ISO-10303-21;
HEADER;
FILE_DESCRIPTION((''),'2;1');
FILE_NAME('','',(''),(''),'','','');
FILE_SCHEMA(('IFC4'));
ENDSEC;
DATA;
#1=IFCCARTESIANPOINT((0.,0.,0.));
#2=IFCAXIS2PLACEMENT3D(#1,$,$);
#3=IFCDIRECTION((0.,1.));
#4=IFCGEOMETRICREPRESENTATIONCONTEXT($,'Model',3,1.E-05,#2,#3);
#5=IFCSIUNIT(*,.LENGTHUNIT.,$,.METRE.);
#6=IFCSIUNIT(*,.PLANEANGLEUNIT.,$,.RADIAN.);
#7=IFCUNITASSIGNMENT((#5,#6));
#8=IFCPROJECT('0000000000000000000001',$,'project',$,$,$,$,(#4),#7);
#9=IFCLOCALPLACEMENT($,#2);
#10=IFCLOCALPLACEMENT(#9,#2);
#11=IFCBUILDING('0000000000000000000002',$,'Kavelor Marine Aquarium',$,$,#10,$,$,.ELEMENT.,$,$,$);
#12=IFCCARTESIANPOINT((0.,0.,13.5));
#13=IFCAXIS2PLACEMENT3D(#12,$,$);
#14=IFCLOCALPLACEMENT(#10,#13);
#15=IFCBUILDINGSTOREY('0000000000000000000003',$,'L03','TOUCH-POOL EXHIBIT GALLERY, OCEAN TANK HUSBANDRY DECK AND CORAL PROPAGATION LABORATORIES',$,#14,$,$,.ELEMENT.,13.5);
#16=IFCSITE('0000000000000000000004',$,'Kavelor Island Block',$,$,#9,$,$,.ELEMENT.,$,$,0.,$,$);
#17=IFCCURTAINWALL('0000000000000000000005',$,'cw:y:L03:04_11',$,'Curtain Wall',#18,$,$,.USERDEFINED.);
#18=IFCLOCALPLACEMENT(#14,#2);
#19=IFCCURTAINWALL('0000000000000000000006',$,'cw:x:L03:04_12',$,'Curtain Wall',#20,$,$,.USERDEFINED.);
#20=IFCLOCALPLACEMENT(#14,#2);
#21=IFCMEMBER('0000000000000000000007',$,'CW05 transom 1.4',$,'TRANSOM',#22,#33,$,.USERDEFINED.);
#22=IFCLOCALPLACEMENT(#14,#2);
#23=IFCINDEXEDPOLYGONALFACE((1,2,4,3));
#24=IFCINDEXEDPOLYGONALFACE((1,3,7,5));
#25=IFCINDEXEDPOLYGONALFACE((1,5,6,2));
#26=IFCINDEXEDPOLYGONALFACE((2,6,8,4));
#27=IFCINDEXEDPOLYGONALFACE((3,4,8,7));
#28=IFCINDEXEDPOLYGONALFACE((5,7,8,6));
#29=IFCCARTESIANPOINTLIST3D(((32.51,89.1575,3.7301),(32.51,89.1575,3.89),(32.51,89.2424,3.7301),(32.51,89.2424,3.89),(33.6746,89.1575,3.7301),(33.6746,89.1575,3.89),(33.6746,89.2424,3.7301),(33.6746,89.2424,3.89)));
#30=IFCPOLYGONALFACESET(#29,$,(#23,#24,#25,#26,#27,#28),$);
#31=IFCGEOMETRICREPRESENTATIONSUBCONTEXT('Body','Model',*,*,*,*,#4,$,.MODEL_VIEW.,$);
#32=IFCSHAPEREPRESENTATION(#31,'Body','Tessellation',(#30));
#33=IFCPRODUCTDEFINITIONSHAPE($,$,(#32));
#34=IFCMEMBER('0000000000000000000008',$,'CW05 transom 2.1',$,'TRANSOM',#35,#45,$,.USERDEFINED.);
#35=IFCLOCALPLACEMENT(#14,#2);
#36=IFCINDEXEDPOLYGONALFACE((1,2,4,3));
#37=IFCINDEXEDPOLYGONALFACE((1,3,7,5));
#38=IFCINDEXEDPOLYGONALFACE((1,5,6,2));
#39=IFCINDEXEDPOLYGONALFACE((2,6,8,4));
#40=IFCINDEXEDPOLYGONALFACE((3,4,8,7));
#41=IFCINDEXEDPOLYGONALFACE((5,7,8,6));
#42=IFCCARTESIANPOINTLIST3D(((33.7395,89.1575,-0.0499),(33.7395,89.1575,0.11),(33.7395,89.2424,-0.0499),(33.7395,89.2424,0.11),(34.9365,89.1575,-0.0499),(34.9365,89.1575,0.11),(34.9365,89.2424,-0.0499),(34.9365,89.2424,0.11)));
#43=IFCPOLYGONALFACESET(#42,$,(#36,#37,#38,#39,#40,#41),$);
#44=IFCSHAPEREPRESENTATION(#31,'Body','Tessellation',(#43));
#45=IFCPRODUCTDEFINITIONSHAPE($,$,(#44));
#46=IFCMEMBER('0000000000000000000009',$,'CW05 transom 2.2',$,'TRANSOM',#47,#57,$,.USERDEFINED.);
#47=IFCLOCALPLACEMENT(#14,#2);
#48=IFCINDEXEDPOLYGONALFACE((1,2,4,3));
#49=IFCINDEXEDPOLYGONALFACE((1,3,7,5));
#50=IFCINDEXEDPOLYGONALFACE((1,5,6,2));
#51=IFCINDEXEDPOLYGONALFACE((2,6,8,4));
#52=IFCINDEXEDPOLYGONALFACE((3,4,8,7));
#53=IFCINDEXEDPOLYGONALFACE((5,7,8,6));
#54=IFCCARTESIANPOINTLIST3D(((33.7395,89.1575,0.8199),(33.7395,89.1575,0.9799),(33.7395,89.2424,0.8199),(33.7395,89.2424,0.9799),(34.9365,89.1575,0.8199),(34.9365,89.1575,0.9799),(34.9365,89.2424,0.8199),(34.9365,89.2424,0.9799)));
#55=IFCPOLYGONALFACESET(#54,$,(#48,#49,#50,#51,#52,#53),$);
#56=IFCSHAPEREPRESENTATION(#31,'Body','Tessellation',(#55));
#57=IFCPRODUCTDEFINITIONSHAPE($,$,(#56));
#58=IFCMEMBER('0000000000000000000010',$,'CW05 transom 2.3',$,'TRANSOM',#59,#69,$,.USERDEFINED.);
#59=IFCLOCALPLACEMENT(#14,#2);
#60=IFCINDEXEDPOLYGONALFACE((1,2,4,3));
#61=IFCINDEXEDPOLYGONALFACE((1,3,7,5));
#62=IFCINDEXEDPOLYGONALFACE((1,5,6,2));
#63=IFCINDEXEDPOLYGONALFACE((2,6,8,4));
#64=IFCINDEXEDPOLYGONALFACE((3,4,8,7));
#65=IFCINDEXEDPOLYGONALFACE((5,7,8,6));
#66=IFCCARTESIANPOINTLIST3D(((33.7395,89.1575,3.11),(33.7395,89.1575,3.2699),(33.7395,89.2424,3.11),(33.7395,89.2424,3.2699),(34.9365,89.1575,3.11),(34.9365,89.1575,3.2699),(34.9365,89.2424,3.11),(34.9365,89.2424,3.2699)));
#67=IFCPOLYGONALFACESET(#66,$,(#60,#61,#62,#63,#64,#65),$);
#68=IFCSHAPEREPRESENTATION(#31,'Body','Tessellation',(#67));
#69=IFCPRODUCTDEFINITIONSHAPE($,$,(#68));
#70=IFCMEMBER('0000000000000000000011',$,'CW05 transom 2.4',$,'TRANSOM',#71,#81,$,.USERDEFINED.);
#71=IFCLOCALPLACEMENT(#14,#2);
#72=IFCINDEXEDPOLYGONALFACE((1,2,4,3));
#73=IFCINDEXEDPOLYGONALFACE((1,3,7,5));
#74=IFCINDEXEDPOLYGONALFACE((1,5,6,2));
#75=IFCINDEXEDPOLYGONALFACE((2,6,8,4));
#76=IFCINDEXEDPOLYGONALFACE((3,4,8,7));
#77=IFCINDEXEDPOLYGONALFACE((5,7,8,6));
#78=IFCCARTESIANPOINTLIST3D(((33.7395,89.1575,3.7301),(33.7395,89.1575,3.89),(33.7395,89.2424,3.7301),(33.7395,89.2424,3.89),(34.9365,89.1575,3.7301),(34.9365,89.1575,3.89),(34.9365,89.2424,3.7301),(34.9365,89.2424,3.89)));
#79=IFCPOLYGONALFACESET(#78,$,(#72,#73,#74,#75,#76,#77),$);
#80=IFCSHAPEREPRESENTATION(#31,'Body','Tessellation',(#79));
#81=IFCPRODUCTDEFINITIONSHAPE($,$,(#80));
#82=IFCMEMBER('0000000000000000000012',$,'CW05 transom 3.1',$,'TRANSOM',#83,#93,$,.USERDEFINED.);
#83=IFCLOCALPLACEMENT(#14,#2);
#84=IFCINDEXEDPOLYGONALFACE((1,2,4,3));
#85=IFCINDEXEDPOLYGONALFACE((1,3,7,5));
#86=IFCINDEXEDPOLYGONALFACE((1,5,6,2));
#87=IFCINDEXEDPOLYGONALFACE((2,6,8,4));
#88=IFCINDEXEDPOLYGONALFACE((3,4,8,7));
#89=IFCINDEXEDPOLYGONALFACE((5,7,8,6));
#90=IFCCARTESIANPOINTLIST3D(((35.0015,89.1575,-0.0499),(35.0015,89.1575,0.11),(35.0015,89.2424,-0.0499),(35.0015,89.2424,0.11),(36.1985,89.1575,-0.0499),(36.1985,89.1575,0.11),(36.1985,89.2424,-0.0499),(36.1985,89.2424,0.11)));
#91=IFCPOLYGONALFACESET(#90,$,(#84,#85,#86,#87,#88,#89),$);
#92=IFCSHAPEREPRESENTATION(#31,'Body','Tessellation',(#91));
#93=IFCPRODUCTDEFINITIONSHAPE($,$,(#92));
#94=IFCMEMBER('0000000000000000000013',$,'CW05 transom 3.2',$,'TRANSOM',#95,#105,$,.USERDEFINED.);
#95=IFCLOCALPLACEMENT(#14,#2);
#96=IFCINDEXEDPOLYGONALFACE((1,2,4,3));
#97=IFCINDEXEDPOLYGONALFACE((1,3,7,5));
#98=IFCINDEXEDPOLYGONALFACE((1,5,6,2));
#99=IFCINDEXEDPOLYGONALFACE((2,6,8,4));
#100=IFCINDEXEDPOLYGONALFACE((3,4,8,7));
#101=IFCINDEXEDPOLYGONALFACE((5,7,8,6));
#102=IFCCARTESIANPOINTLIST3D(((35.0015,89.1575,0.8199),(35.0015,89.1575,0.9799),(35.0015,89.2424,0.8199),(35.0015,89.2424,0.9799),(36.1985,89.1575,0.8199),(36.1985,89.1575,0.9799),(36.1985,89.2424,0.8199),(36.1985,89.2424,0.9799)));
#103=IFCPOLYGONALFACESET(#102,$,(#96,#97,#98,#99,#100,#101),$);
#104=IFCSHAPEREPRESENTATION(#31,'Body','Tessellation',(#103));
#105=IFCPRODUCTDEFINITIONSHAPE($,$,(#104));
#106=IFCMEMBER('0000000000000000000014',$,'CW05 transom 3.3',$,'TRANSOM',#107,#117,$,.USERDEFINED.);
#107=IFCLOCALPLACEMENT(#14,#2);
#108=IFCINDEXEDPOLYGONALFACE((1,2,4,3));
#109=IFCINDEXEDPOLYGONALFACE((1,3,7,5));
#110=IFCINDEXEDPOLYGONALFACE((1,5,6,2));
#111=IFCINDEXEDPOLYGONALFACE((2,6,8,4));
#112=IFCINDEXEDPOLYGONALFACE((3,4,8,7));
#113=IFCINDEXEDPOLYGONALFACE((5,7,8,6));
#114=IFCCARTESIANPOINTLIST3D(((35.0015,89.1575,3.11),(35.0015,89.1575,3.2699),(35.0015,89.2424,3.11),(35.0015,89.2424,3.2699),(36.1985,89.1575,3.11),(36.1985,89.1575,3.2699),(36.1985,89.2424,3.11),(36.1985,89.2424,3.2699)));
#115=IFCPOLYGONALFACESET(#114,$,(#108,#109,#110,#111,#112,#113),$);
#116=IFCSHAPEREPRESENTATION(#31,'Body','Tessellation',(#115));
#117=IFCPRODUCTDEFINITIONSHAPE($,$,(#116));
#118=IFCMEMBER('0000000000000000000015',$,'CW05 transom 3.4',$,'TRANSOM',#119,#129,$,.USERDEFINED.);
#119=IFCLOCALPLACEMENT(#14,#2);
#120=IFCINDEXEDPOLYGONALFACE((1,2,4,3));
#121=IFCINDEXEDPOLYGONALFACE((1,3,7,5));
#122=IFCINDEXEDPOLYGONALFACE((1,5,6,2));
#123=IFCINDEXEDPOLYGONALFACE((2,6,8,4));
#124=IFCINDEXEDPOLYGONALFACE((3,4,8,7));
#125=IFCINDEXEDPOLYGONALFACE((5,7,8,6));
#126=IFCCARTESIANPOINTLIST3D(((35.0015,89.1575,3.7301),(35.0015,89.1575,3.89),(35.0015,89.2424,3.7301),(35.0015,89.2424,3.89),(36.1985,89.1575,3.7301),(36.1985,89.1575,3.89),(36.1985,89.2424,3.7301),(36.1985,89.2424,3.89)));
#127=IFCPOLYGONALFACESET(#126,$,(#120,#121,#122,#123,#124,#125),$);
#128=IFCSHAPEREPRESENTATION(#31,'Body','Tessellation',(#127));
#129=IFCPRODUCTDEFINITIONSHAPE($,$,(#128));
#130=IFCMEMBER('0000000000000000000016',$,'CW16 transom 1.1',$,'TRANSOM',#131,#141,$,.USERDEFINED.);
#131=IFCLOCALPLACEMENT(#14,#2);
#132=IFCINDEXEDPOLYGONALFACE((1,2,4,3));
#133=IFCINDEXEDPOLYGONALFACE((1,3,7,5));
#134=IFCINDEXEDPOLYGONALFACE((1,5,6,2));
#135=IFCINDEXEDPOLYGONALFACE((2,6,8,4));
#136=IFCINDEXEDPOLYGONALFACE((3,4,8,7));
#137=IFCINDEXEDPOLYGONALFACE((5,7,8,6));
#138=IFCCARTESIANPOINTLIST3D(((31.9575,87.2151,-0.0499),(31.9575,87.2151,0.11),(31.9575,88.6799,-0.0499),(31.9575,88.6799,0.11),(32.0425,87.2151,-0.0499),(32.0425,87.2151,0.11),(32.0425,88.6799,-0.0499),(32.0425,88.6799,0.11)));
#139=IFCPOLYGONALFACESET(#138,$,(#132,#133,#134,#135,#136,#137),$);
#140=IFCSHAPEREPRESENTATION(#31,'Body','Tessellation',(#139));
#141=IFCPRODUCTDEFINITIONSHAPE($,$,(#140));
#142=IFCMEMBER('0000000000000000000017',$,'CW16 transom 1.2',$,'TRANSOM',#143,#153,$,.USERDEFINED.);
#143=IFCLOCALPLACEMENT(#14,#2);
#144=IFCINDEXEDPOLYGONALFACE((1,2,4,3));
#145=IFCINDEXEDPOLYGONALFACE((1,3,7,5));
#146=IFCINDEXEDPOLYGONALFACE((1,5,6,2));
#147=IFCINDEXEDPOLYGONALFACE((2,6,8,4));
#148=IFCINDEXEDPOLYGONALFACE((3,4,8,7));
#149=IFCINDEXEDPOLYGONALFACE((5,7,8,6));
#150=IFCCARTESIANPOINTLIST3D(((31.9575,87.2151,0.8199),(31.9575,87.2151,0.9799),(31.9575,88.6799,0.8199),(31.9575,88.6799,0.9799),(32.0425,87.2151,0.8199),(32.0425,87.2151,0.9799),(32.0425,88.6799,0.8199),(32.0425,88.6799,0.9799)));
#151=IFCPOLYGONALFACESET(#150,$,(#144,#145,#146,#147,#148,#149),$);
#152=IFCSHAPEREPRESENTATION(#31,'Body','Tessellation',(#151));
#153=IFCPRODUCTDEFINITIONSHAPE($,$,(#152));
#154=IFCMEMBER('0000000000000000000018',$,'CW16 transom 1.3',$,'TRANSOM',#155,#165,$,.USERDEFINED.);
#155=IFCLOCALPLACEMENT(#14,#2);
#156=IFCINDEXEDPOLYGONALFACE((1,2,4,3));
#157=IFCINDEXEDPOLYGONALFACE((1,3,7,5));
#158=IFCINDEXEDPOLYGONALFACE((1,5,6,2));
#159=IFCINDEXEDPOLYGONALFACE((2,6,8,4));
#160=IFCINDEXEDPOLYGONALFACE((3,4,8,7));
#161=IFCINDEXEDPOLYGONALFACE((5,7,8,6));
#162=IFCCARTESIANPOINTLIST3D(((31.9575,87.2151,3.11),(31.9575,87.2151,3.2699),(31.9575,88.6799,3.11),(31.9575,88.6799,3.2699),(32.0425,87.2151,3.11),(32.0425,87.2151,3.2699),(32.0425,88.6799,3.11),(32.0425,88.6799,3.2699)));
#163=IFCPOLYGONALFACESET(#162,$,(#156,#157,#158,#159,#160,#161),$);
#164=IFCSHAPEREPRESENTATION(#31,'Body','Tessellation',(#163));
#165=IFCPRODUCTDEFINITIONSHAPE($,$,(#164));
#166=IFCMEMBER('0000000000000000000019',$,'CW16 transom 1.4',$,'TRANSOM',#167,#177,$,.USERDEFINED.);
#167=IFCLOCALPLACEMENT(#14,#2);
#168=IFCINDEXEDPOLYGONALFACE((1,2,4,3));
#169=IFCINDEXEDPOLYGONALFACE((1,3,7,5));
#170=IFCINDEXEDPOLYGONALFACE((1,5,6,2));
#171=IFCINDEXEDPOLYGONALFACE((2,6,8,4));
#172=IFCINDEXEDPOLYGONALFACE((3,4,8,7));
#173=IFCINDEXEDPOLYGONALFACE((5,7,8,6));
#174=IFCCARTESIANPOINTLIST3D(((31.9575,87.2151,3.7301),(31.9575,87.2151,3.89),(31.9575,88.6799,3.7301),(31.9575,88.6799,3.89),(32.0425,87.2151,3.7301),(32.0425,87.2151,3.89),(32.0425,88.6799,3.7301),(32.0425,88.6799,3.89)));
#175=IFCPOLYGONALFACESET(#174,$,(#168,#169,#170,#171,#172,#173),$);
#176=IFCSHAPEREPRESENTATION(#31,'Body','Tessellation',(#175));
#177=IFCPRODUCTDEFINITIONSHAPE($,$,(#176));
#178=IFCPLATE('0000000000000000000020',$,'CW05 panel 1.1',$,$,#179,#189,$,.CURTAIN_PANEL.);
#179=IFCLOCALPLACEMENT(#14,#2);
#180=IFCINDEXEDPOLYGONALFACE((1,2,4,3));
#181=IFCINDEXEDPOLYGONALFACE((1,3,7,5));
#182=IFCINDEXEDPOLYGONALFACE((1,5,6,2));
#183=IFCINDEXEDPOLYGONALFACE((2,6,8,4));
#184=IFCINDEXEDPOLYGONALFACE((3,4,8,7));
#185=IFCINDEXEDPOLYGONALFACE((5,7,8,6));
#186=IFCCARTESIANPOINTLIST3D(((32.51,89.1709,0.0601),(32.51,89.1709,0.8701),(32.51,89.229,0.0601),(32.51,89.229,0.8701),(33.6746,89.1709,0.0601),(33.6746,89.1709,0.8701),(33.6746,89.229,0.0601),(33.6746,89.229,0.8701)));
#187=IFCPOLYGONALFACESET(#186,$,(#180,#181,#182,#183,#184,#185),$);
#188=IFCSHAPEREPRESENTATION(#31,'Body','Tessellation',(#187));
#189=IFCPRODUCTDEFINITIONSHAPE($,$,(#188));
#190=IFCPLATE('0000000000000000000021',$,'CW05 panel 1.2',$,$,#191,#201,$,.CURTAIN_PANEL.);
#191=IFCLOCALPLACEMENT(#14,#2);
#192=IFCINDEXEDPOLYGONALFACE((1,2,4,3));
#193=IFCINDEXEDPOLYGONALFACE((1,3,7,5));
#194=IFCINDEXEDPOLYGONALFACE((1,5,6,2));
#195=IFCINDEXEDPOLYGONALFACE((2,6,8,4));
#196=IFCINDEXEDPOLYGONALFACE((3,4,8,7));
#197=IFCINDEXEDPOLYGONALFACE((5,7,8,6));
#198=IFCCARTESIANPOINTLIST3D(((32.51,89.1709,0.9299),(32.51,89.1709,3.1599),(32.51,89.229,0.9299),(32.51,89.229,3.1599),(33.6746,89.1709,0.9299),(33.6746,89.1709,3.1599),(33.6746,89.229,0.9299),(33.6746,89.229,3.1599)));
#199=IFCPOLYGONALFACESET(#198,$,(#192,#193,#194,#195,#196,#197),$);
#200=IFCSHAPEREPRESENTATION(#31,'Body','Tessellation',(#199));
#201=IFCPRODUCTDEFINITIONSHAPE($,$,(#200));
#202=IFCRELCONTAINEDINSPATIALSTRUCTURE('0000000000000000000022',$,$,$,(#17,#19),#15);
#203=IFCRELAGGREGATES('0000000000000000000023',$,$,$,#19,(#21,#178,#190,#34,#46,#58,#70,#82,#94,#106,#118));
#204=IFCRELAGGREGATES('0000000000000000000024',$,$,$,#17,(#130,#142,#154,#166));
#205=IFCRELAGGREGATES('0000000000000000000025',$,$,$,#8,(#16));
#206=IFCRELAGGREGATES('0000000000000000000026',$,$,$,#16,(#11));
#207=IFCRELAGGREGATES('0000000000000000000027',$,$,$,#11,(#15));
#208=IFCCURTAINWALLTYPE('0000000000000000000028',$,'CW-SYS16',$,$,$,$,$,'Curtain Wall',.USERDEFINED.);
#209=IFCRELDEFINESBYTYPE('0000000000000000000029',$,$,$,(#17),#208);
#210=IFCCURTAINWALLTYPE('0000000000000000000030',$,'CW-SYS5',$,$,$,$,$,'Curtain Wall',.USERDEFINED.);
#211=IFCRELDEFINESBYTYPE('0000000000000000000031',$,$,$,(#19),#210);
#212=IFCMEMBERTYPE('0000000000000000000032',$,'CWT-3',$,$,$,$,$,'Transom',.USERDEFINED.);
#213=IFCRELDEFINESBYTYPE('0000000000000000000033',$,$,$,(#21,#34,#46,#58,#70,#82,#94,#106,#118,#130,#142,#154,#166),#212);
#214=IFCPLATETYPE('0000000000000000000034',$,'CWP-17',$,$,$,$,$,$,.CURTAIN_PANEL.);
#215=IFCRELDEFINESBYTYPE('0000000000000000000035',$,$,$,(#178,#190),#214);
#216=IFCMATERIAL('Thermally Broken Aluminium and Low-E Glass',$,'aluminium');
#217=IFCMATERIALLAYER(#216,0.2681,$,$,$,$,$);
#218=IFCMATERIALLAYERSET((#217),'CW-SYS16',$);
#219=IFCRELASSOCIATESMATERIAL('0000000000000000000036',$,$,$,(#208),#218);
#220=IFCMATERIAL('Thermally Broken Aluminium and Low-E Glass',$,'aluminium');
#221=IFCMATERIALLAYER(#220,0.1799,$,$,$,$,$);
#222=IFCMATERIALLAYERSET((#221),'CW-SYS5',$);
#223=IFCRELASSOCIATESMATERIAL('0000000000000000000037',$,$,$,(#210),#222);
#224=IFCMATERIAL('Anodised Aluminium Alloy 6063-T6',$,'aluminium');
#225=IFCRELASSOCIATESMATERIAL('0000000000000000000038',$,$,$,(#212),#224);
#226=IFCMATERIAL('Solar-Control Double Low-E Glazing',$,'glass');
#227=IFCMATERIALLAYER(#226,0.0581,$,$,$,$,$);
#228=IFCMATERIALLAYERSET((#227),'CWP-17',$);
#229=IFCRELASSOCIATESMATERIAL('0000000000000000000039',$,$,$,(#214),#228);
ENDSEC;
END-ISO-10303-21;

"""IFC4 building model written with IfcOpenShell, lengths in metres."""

from ifc_helpers import new_model, si_unit, direction, frame, origin, origin_2d, place, context, subcontext, project, spatial, rectangle, extrude, material, layer, layer_set, material_profile, profile_set, type_object, element, aggregate, save


model = new_model("IFC4")

# Units and contexts
model_context = context("Model", 3, precision=1e-05, world=origin(), true_north=direction((0.0, 1.0)))
body_context = subcontext(model_context, "Body", "Model", "MODEL_VIEW")
ifc_project = project(units=[si_unit("LENGTHUNIT", "METRE"), si_unit("PLANEANGLEUNIT", "RADIAN")], contexts=[model_context])

# Site, building, storey
site_placement = place(None, origin())
site = spatial("IfcSite", under=ifc_project, at=site_placement, Name="Kavelor Island Block", CompositionType="ELEMENT", RefElevation=0.0)
building_placement = place(site_placement, origin())
building = spatial("IfcBuilding", under=site, at=building_placement, Name="Kavelor Marine Aquarium", CompositionType="ELEMENT")
storey_placement = place(building_placement, frame((0.0, 0.0, 13.5)))
storey = spatial("IfcBuildingStorey", under=building, at=storey_placement, Name="L03", Description="TOUCH-POOL EXHIBIT GALLERY, OCEAN TANK HUSBANDRY DECK AND CORAL PROPAGATION LABORATORIES", CompositionType="ELEMENT", Elevation=13.5)

# Curtain wall
ifc_material_1 = material(Name="Thermally Broken Aluminium and Low-E Glass", Category="aluminium")
ifc_layer_1 = layer(ifc_material_1, 0.2681)
ifc_layer_set_1 = layer_set([ifc_layer_1], Name="CW-SYS16")
curtain_wall_type_1 = type_object("IfcCurtainWallType", Name="CW-SYS16", ElementType="Curtain Wall", PredefinedType="USERDEFINED", material=ifc_layer_set_1)
curtain_wall_1_placement = place(storey_placement, origin())
curtain_wall_1 = element("IfcCurtainWall", 1, at=curtain_wall_1_placement, inside=storey, type_object=curtain_wall_type_1, Name="cw:y:L03:04_11", ObjectType="Curtain Wall", PredefinedType="USERDEFINED")

# Curtain wall
ifc_material_2 = material(Name="Thermally Broken Aluminium and Low-E Glass", Category="aluminium")
ifc_layer_2 = layer(ifc_material_2, 0.1799)
ifc_layer_set_2 = layer_set([ifc_layer_2], Name="CW-SYS5")
curtain_wall_type_2 = type_object("IfcCurtainWallType", Name="CW-SYS5", ElementType="Curtain Wall", PredefinedType="USERDEFINED", material=ifc_layer_set_2)
curtain_wall_2_placement = place(storey_placement, origin())
curtain_wall_2 = element("IfcCurtainWall", 2, at=curtain_wall_2_placement, inside=storey, type_object=curtain_wall_type_2, Name="cw:x:L03:04_12", ObjectType="Curtain Wall", PredefinedType="USERDEFINED")

# Members
ifc_material_3 = material(Name="Anodised Aluminium Alloy 6063-T6", Category="aluminium")
ifc_material_profile_1 = material_profile(ifc_material_3, rectangle(XDim=0.085, YDim=0.1599, at=origin_2d()), Name="CW-TRN 85x160")
ifc_profile_set_1 = profile_set([ifc_material_profile_1], Name="Anodised Aluminium Alloy 6063-T6")
member_type_1 = type_object("IfcMemberType", Name="CWT-3", ElementType="Transom", PredefinedType="USERDEFINED", material=ifc_profile_set_1)
member_1_placement = place(storey_placement, frame((32.51, 89.2, 3.8101), z_axis=(1.0, 0.0, 0.0), x_axis=(0.0, 1.0, 0.0)))
member_1 = element("IfcMember", 3, at=member_1_placement, type_object=member_type_1, Name="CW05 transom 1.4", ObjectType="TRANSOM", PredefinedType="USERDEFINED", context=body_context, shape_type="SweptSolid", body=[
    extrude(rectangle(XDim=0.085, YDim=0.1599, at=origin_2d()), origin(), (0.0, 0.0, 1.0), 1.1646),
])
member_2_placement = place(storey_placement, frame((33.7395, 89.2, 0.03), z_axis=(1.0, 0.0, 0.0), x_axis=(0.0, 1.0, 0.0)))
member_2 = element("IfcMember", 4, at=member_2_placement, type_object=member_type_1, Name="CW05 transom 2.1", ObjectType="TRANSOM", PredefinedType="USERDEFINED", context=body_context, shape_type="SweptSolid", body=[
    extrude(rectangle(XDim=0.085, YDim=0.1599, at=origin_2d()), origin(), (0.0, 0.0, 1.0), 1.197),
])
member_3_placement = place(storey_placement, frame((33.7395, 89.2, 0.8999), z_axis=(1.0, 0.0, 0.0), x_axis=(0.0, 1.0, 0.0)))
member_3 = element("IfcMember", 5, at=member_3_placement, type_object=member_type_1, Name="CW05 transom 2.2", ObjectType="TRANSOM", PredefinedType="USERDEFINED", context=body_context, shape_type="SweptSolid", body=[
    extrude(rectangle(XDim=0.085, YDim=0.1599, at=origin_2d()), origin(), (0.0, 0.0, 1.0), 1.197),
])
member_4_placement = place(storey_placement, frame((33.7395, 89.2, 3.1899), z_axis=(1.0, 0.0, 0.0), x_axis=(0.0, 1.0, 0.0)))
member_4 = element("IfcMember", 6, at=member_4_placement, type_object=member_type_1, Name="CW05 transom 2.3", ObjectType="TRANSOM", PredefinedType="USERDEFINED", context=body_context, shape_type="SweptSolid", body=[
    extrude(rectangle(XDim=0.085, YDim=0.1599, at=origin_2d()), origin(), (0.0, 0.0, 1.0), 1.197),
])
member_5_placement = place(storey_placement, frame((33.7395, 89.2, 3.8101), z_axis=(1.0, 0.0, 0.0), x_axis=(0.0, 1.0, 0.0)))
member_5 = element("IfcMember", 7, at=member_5_placement, type_object=member_type_1, Name="CW05 transom 2.4", ObjectType="TRANSOM", PredefinedType="USERDEFINED", context=body_context, shape_type="SweptSolid", body=[
    extrude(rectangle(XDim=0.085, YDim=0.1599, at=origin_2d()), origin(), (0.0, 0.0, 1.0), 1.197),
])
member_6_placement = place(storey_placement, frame((35.0015, 89.2, 0.03), z_axis=(1.0, 0.0, 0.0), x_axis=(0.0, 1.0, 0.0)))
member_6 = element("IfcMember", 8, at=member_6_placement, type_object=member_type_1, Name="CW05 transom 3.1", ObjectType="TRANSOM", PredefinedType="USERDEFINED", context=body_context, shape_type="SweptSolid", body=[
    extrude(rectangle(XDim=0.085, YDim=0.1599, at=origin_2d()), origin(), (0.0, 0.0, 1.0), 1.197),
])
member_7_placement = place(storey_placement, frame((35.0015, 89.2, 0.8999), z_axis=(1.0, 0.0, 0.0), x_axis=(0.0, 1.0, 0.0)))
member_7 = element("IfcMember", 9, at=member_7_placement, type_object=member_type_1, Name="CW05 transom 3.2", ObjectType="TRANSOM", PredefinedType="USERDEFINED", context=body_context, shape_type="SweptSolid", body=[
    extrude(rectangle(XDim=0.085, YDim=0.1599, at=origin_2d()), origin(), (0.0, 0.0, 1.0), 1.197),
])
member_8_placement = place(storey_placement, frame((35.0015, 89.2, 3.1899), z_axis=(1.0, 0.0, 0.0), x_axis=(0.0, 1.0, 0.0)))
member_8 = element("IfcMember", 10, at=member_8_placement, type_object=member_type_1, Name="CW05 transom 3.3", ObjectType="TRANSOM", PredefinedType="USERDEFINED", context=body_context, shape_type="SweptSolid", body=[
    extrude(rectangle(XDim=0.085, YDim=0.1599, at=origin_2d()), origin(), (0.0, 0.0, 1.0), 1.197),
])
member_9_placement = place(storey_placement, frame((35.0015, 89.2, 3.8101), z_axis=(1.0, 0.0, 0.0), x_axis=(0.0, 1.0, 0.0)))
member_9 = element("IfcMember", 11, at=member_9_placement, type_object=member_type_1, Name="CW05 transom 3.4", ObjectType="TRANSOM", PredefinedType="USERDEFINED", context=body_context, shape_type="SweptSolid", body=[
    extrude(rectangle(XDim=0.085, YDim=0.1599, at=origin_2d()), origin(), (0.0, 0.0, 1.0), 1.197),
])
member_10_placement = place(storey_placement, frame((32.0, 88.6799, 0.03), z_axis=(0.0, -1.0, 0.0), x_axis=(1.0, 0.0, 0.0)))
member_10 = element("IfcMember", 12, at=member_10_placement, type_object=member_type_1, Name="CW16 transom 1.1", ObjectType="TRANSOM", PredefinedType="USERDEFINED", context=body_context, shape_type="SweptSolid", body=[
    extrude(rectangle(XDim=0.085, YDim=0.1599, at=origin_2d()), origin(), (0.0, 0.0, 1.0), 1.4648),
])
member_11_placement = place(storey_placement, frame((32.0, 88.6799, 0.8999), z_axis=(0.0, -1.0, 0.0), x_axis=(1.0, 0.0, 0.0)))
member_11 = element("IfcMember", 13, at=member_11_placement, type_object=member_type_1, Name="CW16 transom 1.2", ObjectType="TRANSOM", PredefinedType="USERDEFINED", context=body_context, shape_type="SweptSolid", body=[
    extrude(rectangle(XDim=0.085, YDim=0.1599, at=origin_2d()), origin(), (0.0, 0.0, 1.0), 1.4648),
])
member_12_placement = place(storey_placement, frame((32.0, 88.6799, 3.1899), z_axis=(0.0, -1.0, 0.0), x_axis=(1.0, 0.0, 0.0)))
member_12 = element("IfcMember", 14, at=member_12_placement, type_object=member_type_1, Name="CW16 transom 1.3", ObjectType="TRANSOM", PredefinedType="USERDEFINED", context=body_context, shape_type="SweptSolid", body=[
    extrude(rectangle(XDim=0.085, YDim=0.1599, at=origin_2d()), origin(), (0.0, 0.0, 1.0), 1.4648),
])
member_13_placement = place(storey_placement, frame((32.0, 88.6799, 3.8101), z_axis=(0.0, -1.0, 0.0), x_axis=(1.0, 0.0, 0.0)))
member_13 = element("IfcMember", 15, at=member_13_placement, type_object=member_type_1, Name="CW16 transom 1.4", ObjectType="TRANSOM", PredefinedType="USERDEFINED", context=body_context, shape_type="SweptSolid", body=[
    extrude(rectangle(XDim=0.085, YDim=0.1599, at=origin_2d()), origin(), (0.0, 0.0, 1.0), 1.4648),
])

# Plates
ifc_material_4 = material(Name="Solar-Control Double Low-E Glazing", Category="glass")
ifc_layer_3 = layer(ifc_material_4, 0.0581)
ifc_layer_set_3 = layer_set([ifc_layer_3], Name="CWP-17")
plate_type_1 = type_object("IfcPlateType", Name="CWP-17", PredefinedType="CURTAIN_PANEL", material=ifc_layer_set_3)
plate_1_placement = place(storey_placement, frame((33.0923, 89.2, 0.0601), z_axis=(0.0, 0.0, 1.0), x_axis=(1.0, 0.0, 0.0)))
plate_1 = element("IfcPlate", 16, at=plate_1_placement, type_object=plate_type_1, Name="CW05 panel 1.1", PredefinedType="CURTAIN_PANEL", context=body_context, shape_type="SweptSolid", body=[
    extrude(rectangle(XDim=1.1646, YDim=0.0581, at=origin_2d()), origin(), (0.0, 0.0, 1.0), 0.8101),
])
plate_2_placement = place(storey_placement, frame((33.0923, 89.2, 0.9299), z_axis=(0.0, 0.0, 1.0), x_axis=(1.0, 0.0, 0.0)))
plate_2 = element("IfcPlate", 17, at=plate_2_placement, type_object=plate_type_1, Name="CW05 panel 1.2", PredefinedType="CURTAIN_PANEL", context=body_context, shape_type="SweptSolid", body=[
    extrude(rectangle(XDim=1.1646, YDim=0.0581, at=origin_2d()), origin(), (0.0, 0.0, 1.0), 2.23),
])
aggregate(curtain_wall_2, [member_1, plate_1, plate_2, member_2, member_3, member_4, member_5, member_6, member_7, member_8, member_9])
aggregate(curtain_wall_1, [member_10, member_11, member_12, member_13])

save(model, "model.ifc")
